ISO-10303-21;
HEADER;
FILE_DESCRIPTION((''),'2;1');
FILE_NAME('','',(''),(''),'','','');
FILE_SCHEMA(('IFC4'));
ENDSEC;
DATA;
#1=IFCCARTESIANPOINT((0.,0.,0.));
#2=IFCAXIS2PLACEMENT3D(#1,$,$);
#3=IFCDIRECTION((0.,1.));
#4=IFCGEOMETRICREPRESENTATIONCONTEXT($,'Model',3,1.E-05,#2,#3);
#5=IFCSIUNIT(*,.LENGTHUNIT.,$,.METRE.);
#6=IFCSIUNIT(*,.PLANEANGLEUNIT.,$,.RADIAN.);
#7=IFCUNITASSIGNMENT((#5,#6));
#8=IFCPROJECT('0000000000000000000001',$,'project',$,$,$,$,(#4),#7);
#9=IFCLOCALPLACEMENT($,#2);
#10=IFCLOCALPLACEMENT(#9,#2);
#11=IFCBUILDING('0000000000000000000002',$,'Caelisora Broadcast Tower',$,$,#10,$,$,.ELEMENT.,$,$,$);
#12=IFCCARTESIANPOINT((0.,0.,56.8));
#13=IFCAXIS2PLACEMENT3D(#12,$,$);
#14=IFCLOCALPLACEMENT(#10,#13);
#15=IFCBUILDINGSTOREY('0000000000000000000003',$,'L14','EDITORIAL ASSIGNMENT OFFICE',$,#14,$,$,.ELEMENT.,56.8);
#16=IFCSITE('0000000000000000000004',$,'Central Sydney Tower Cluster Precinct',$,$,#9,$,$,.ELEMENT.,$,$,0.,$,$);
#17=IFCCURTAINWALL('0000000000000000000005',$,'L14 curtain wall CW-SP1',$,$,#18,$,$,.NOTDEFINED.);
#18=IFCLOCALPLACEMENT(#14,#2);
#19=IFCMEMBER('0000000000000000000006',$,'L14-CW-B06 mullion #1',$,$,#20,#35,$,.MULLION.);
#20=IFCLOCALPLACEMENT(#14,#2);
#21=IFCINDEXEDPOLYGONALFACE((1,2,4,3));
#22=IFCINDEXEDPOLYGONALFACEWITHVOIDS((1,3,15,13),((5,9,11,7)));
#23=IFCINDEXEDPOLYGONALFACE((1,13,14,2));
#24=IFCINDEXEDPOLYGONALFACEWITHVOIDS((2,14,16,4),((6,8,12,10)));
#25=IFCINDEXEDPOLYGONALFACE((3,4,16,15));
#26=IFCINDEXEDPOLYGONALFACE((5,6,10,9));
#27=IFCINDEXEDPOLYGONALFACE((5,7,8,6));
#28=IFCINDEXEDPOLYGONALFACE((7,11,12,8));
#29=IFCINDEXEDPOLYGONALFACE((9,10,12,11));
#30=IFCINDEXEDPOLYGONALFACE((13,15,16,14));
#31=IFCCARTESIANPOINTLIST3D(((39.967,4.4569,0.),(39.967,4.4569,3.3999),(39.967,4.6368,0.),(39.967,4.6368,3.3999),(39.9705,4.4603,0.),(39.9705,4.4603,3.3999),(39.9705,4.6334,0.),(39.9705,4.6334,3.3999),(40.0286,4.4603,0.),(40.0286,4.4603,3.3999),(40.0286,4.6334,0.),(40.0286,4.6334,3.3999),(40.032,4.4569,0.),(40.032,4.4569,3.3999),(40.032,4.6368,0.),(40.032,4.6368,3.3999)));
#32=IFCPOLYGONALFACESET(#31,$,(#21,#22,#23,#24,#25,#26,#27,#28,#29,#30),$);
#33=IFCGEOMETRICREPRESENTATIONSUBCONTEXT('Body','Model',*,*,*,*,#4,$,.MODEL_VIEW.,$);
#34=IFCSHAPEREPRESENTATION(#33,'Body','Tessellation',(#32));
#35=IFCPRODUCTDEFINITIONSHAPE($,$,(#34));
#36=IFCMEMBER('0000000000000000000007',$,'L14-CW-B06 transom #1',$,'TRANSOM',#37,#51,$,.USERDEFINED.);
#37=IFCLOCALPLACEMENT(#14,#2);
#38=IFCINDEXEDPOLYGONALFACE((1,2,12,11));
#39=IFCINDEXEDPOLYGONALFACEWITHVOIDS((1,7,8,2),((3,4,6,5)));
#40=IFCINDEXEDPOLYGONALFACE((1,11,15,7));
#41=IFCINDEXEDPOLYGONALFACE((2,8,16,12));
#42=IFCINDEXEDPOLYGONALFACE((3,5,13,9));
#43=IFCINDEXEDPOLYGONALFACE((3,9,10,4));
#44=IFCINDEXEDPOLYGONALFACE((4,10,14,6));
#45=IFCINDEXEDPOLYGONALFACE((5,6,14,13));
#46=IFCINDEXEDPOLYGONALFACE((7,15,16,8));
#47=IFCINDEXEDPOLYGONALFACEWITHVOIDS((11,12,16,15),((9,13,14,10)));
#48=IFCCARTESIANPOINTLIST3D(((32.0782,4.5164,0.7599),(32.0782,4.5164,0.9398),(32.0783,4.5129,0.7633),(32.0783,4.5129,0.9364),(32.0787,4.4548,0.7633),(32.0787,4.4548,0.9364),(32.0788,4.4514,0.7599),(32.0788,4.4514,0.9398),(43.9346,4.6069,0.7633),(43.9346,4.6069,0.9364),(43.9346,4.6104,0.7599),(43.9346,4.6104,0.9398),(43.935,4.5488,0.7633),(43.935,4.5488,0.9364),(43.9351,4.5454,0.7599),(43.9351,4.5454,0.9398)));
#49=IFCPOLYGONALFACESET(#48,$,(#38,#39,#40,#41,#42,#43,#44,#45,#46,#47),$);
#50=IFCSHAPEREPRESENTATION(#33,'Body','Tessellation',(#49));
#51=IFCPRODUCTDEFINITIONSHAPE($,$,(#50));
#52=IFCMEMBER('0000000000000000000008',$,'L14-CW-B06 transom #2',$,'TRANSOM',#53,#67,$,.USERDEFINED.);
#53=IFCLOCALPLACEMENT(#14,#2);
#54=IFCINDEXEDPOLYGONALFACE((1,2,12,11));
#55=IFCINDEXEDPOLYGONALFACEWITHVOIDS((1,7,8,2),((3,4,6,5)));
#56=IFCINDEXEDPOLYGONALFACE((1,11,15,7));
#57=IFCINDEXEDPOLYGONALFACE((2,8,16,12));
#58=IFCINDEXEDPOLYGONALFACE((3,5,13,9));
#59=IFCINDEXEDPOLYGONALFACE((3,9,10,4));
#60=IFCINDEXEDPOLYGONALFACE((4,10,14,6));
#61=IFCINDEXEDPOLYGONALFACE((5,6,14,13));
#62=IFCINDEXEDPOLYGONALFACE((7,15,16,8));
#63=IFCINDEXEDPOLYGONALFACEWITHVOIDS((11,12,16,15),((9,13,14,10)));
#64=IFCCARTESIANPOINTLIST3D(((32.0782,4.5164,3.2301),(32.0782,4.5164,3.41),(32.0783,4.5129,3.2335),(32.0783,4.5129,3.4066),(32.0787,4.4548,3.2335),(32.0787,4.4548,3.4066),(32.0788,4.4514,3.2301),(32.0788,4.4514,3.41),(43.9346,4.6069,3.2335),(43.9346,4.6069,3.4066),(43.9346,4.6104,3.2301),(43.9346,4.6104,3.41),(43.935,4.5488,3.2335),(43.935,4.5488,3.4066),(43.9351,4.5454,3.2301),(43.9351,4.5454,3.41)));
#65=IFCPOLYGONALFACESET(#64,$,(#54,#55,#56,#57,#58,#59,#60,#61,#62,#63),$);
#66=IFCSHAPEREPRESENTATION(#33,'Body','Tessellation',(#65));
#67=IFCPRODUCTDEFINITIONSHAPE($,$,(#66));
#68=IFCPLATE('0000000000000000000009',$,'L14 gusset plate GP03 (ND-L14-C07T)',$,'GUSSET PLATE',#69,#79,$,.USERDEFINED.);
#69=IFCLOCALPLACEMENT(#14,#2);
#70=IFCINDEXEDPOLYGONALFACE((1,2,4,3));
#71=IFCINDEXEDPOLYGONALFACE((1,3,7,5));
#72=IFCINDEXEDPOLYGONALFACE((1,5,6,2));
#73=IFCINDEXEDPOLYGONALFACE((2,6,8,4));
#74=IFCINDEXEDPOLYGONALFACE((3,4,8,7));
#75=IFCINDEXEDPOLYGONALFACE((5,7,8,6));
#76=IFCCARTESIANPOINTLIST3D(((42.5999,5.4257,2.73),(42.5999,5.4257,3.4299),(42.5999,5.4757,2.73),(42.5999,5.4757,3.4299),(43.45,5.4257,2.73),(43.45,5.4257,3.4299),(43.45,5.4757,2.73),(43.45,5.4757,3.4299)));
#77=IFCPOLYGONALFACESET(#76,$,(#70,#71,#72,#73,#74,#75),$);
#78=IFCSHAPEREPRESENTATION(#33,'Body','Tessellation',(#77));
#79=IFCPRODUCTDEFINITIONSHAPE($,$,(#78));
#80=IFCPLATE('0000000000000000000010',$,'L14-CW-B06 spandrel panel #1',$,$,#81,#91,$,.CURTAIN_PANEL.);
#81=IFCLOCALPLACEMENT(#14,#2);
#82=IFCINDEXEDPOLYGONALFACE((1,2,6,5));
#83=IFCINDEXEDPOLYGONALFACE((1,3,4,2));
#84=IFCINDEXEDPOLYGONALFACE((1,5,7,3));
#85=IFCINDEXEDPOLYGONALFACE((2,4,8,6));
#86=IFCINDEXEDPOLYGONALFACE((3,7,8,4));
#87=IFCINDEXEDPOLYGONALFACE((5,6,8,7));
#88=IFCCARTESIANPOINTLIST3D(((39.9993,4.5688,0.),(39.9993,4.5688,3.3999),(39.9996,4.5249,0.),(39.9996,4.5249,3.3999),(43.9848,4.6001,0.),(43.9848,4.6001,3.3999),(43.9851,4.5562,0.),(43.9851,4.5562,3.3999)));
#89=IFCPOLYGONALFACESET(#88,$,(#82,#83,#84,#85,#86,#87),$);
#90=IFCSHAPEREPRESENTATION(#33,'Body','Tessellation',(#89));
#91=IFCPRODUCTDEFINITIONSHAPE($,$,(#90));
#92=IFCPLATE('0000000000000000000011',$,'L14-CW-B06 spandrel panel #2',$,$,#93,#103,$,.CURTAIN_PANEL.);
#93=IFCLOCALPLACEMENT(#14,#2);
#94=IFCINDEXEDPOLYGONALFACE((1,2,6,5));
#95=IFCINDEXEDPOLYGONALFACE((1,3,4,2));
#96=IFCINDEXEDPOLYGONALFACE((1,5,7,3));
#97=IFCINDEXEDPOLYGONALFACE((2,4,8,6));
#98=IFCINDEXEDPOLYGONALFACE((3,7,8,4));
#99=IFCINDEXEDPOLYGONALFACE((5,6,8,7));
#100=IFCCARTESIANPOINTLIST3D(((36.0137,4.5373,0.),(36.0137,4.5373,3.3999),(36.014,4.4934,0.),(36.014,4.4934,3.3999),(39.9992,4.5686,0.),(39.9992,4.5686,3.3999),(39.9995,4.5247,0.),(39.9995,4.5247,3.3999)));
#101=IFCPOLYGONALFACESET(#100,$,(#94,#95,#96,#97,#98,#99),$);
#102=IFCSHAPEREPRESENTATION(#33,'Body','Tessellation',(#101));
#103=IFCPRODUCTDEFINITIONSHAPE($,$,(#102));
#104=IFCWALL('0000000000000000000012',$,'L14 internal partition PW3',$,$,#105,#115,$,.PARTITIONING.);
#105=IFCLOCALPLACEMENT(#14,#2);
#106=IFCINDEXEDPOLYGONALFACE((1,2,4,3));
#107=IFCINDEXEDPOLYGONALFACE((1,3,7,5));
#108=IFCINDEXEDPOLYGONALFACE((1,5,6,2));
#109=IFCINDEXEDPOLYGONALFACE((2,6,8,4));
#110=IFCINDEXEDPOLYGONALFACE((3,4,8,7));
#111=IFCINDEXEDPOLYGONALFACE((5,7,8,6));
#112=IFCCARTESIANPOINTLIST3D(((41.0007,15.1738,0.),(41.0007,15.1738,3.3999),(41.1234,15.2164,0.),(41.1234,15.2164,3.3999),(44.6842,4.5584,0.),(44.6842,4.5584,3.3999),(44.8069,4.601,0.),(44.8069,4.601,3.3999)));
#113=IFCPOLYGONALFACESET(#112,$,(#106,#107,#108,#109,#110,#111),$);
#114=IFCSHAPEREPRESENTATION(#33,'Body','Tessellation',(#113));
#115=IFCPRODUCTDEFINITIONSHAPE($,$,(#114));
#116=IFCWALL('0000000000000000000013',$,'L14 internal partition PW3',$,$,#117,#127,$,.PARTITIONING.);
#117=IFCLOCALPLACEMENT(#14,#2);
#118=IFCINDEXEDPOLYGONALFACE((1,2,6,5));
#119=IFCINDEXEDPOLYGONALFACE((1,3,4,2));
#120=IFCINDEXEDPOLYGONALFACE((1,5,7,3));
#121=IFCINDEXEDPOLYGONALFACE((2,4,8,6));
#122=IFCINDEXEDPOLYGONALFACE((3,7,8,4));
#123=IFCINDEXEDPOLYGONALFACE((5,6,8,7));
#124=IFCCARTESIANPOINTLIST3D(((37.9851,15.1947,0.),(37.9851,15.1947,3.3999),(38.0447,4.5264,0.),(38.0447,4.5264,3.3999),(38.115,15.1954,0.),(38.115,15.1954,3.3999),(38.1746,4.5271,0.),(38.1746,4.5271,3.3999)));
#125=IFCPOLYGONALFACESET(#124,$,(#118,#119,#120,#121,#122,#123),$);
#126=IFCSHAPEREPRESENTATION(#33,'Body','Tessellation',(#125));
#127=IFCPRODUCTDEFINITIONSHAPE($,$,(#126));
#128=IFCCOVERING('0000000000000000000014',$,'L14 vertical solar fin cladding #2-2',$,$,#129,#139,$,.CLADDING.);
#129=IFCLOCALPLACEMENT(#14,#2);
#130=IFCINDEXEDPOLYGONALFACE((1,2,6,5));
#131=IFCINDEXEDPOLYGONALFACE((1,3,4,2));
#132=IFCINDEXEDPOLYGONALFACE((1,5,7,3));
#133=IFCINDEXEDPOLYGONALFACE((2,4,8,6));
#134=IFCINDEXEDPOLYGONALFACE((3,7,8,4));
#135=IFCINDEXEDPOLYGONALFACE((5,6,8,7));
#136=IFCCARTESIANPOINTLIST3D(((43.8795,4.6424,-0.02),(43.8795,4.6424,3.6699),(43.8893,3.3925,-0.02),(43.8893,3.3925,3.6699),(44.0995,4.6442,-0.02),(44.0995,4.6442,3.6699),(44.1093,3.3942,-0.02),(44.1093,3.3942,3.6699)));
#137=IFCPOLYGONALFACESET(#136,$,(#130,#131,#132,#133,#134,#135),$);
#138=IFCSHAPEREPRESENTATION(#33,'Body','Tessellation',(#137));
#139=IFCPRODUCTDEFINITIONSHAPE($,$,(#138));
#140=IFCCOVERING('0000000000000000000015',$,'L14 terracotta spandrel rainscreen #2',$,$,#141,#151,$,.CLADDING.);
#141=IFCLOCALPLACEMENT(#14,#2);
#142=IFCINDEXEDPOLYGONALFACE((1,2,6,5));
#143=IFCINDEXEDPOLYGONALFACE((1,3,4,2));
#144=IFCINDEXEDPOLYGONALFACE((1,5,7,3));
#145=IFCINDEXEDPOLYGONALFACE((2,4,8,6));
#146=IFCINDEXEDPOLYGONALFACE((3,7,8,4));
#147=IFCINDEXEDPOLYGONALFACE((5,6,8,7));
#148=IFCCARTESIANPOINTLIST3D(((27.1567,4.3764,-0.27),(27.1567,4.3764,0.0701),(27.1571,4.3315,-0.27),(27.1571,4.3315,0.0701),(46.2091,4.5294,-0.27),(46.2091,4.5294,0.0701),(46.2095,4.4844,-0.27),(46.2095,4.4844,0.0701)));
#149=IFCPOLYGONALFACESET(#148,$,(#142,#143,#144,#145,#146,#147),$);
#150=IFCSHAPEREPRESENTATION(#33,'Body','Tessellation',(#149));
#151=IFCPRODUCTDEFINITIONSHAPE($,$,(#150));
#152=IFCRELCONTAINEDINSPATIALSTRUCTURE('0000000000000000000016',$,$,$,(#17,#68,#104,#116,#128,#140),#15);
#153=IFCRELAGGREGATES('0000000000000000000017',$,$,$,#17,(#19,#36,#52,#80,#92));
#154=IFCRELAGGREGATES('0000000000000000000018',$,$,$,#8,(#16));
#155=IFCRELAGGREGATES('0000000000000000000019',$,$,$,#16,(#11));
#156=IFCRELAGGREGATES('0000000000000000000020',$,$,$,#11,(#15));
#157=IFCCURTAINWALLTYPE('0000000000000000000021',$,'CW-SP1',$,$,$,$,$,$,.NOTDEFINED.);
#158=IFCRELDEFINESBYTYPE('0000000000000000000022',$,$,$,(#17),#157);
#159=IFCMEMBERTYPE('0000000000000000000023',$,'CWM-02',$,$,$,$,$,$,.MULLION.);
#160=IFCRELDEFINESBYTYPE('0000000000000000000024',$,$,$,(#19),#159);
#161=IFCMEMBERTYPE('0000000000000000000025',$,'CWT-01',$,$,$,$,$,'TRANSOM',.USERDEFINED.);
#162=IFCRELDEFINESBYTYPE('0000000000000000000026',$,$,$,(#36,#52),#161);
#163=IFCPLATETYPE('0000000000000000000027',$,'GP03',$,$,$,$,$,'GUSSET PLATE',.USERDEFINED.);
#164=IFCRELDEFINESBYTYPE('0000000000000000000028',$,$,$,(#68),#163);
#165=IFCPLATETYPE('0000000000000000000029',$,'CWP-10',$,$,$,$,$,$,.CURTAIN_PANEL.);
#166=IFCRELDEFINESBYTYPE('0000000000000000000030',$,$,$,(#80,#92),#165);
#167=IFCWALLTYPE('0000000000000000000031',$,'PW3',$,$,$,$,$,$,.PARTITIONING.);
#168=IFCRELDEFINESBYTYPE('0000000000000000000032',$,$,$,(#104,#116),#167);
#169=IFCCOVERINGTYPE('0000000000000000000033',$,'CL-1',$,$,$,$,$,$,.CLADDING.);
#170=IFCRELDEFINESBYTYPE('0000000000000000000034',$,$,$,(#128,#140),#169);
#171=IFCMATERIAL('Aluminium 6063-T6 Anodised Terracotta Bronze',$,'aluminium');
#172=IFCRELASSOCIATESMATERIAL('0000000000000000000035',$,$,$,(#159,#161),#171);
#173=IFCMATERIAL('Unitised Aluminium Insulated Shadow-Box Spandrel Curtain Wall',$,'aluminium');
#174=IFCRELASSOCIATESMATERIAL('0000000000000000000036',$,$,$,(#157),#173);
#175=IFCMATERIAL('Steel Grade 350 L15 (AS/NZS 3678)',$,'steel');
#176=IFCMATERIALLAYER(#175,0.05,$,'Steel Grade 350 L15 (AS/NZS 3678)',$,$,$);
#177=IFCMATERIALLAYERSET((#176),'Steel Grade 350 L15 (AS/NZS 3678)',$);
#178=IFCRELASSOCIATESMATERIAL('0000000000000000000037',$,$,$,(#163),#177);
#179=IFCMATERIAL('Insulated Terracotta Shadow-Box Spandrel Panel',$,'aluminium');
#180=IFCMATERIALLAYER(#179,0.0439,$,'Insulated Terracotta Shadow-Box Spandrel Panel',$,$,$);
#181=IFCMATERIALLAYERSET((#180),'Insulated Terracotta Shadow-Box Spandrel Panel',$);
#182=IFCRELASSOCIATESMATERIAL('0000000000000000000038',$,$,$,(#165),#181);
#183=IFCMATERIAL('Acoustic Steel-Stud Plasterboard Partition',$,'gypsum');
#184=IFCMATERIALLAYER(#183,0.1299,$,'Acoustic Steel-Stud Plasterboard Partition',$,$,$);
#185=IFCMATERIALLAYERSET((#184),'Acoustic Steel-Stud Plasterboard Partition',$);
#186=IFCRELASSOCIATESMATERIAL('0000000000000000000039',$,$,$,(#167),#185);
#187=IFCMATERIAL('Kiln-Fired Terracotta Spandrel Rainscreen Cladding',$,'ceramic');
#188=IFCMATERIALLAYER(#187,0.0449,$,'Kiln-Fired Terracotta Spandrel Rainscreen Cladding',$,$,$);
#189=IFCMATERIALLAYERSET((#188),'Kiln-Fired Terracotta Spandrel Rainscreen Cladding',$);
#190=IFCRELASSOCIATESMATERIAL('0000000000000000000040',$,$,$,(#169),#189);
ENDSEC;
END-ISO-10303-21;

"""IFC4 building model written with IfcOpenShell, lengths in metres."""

from ifc_helpers import new_model, si_unit, direction, frame, frame_2d, origin, origin_2d, place, context, subcontext, project, spatial, rectangle, hollow_rectangle, extrude, source, transform, mapped, material, layer, layer_set, material_profile, profile_set, type_object, type_shapes, element, aggregate, save


model = new_model("IFC4")

# Units and contexts
model_context = context("Model", 3, precision=1e-05, world=origin(), true_north=direction((0.0, 1.0)))
body_context = subcontext(model_context, "Body", "Model", "MODEL_VIEW")
ifc_project = project(units=[si_unit("LENGTHUNIT", "METRE"), si_unit("PLANEANGLEUNIT", "RADIAN")], contexts=[model_context])

# Site, building, storey
site_placement = place(None, origin())
site = spatial("IfcSite", under=ifc_project, at=site_placement, Name="Central Sydney Tower Cluster Precinct", CompositionType="ELEMENT", RefElevation=0.0)
building_placement = place(site_placement, origin())
building = spatial("IfcBuilding", under=site, at=building_placement, Name="Caelisora Broadcast Tower", CompositionType="ELEMENT")
storey_placement = place(building_placement, frame((0.0, 0.0, 56.8)))
storey = spatial("IfcBuildingStorey", under=building, at=storey_placement, Name="L14", Description="EDITORIAL ASSIGNMENT OFFICE", CompositionType="ELEMENT", Elevation=56.8)

# Shared definitions
ifc_material_1 = material(Name="Steel Grade 350 L15 (AS/NZS 3678)", Category="steel")

# Shared definitions
ifc_material_2 = material(Name="Aluminium 6063-T6 Anodised Terracotta Bronze", Category="aluminium")
ifc_material_profile_1 = material_profile(ifc_material_2, hollow_rectangle(XDim=0.0649, YDim=0.1799, WallThickness=0.0034, at=origin_2d()), Name="Aluminium 6063-T6 Anodised Terracotta Bronze")
ifc_profile_set_1 = profile_set([ifc_material_profile_1], Name="Aluminium 6063-T6 Anodised Terracotta Bronze")
member_type_1 = type_object("IfcMemberType", Name="CWM-02", PredefinedType="MULLION", material=ifc_profile_set_1)
shared_shape_1 = source(origin(), body_context, "Body", "SweptSolid", [
    extrude(hollow_rectangle(XDim=0.0649, YDim=0.1799, WallThickness=0.0034, at=origin_2d()), origin(), (0.0, 0.0, 1.0), 3.3999),
])
type_shapes(member_type_1, [shared_shape_1])

# Curtain wall, members
ifc_material_3 = material(Name="Unitised Aluminium Insulated Shadow-Box Spandrel Curtain Wall", Category="aluminium")
curtain_wall_type_1 = type_object("IfcCurtainWallType", Name="CW-SP1", PredefinedType="NOTDEFINED", material=ifc_material_3)
curtain_wall_1_placement = place(storey_placement, origin())
curtain_wall_1 = element("IfcCurtainWall", 1, at=curtain_wall_1_placement, inside=storey, type_object=curtain_wall_type_1, Name="L14 curtain wall CW-SP1", PredefinedType="NOTDEFINED")
member_1_placement = place(storey_placement, frame((39.9995, 4.5469, 0.0), z_axis=(0.0, 0.0, 1.0), x_axis=(1.0, 0.0, 0.0)))
member_1 = element("IfcMember", 2, at=member_1_placement, type_object=member_type_1, Name="L14-CW-B06 mullion #1", PredefinedType="MULLION", context=body_context, shape_type="MappedRepresentation", body=[
    mapped(shared_shape_1, transform((0.0, 0.0, 0.0), scale=1.0)),
])
ifc_material_profile_2 = material_profile(ifc_material_2, hollow_rectangle(XDim=0.0649, YDim=0.1799, WallThickness=0.0034, at=origin_2d()), Name="Aluminium 6063-T6 Anodised Terracotta Bronze")
ifc_profile_set_2 = profile_set([ifc_material_profile_2], Name="Aluminium 6063-T6 Anodised Terracotta Bronze")
member_type_2 = type_object("IfcMemberType", Name="CWT-01", ElementType="TRANSOM", PredefinedType="USERDEFINED", material=ifc_profile_set_2)
shared_shape_2 = source(origin(), body_context, "Body", "SweptSolid", [
    extrude(hollow_rectangle(XDim=0.0649, YDim=0.1799, WallThickness=0.0034, at=origin_2d()), origin(), (0.0, 0.0, 1.0), 11.8567),
])
type_shapes(member_type_2, [shared_shape_2])
member_2_placement = place(storey_placement, frame((43.9348, 4.5779, 0.8499), z_axis=(-0.999969, -0.007928, 0.0), x_axis=(0.007928, -0.999969, 0.0)))
member_2 = element("IfcMember", 3, at=member_2_placement, type_object=member_type_2, Name="L14-CW-B06 transom #1", ObjectType="TRANSOM", PredefinedType="USERDEFINED", context=body_context, shape_type="MappedRepresentation", body=[
    mapped(shared_shape_2, transform((0.0, 0.0, 0.0), scale=1.0)),
])
member_3_placement = place(storey_placement, frame((43.9348, 4.5779, 3.3201), z_axis=(-0.999969, -0.007928, 0.0), x_axis=(0.007928, -0.999969, 0.0)))
member_3 = element("IfcMember", 4, at=member_3_placement, type_object=member_type_2, Name="L14-CW-B06 transom #2", ObjectType="TRANSOM", PredefinedType="USERDEFINED", context=body_context, shape_type="MappedRepresentation", body=[
    mapped(shared_shape_2, transform((0.0, 0.0, 0.0), scale=1.0)),
])

# Plates
ifc_layer_1 = layer(ifc_material_1, 0.05, Name="Steel Grade 350 L15 (AS/NZS 3678)")
ifc_layer_set_1 = layer_set([ifc_layer_1], Name="Steel Grade 350 L15 (AS/NZS 3678)")
plate_type_1 = type_object("IfcPlateType", Name="GP03", ElementType="GUSSET PLATE", PredefinedType="USERDEFINED", material=ifc_layer_set_1)
shared_shape_3 = source(origin(), body_context, "Body", "SweptSolid", [
    extrude(rectangle(XDim=0.8501, YDim=0.05, at=origin_2d()), origin(), (0.0, 0.0, 1.0), 0.7),
])
type_shapes(plate_type_1, [shared_shape_3])
plate_1_placement = place(storey_placement, frame((43.0249, 5.4507, 2.73), z_axis=(0.0, 0.0, 1.0), x_axis=(1.0, 0.0, 0.0)))
element("IfcPlate", 5, at=plate_1_placement, inside=storey, type_object=plate_type_1, Name="L14 gusset plate GP03 (ND-L14-C07T)", ObjectType="GUSSET PLATE", PredefinedType="USERDEFINED", context=body_context, shape_type="MappedRepresentation", body=[
    mapped(shared_shape_3, transform((0.0, 0.0, 0.0), scale=1.0)),
])
ifc_material_4 = material(Name="Insulated Terracotta Shadow-Box Spandrel Panel", Category="aluminium")
ifc_layer_2 = layer(ifc_material_4, 0.0439, Name="Insulated Terracotta Shadow-Box Spandrel Panel")
ifc_layer_set_2 = layer_set([ifc_layer_2], Name="Insulated Terracotta Shadow-Box Spandrel Panel")
plate_type_2 = type_object("IfcPlateType", Name="CWP-10", PredefinedType="CURTAIN_PANEL", material=ifc_layer_set_2)
shared_shape_4 = source(origin(), body_context, "Body", "SweptSolid", [
    extrude(rectangle(XDim=3.9856, YDim=0.0439, at=origin_2d()), origin(), (0.0, 0.0, 1.0), 3.3999),
])
type_shapes(plate_type_2, [shared_shape_4])
plate_2_placement = place(storey_placement, frame((41.9922, 4.5625, 0.0), z_axis=(0.0, 0.0, 1.0), x_axis=(-0.999969, -0.007854, 0.0)))
plate_2 = element("IfcPlate", 6, at=plate_2_placement, type_object=plate_type_2, Name="L14-CW-B06 spandrel panel #1", PredefinedType="CURTAIN_PANEL", context=body_context, shape_type="MappedRepresentation", body=[
    mapped(shared_shape_4, transform((0.0, 0.0, 0.0), scale=1.0)),
])
plate_3_placement = place(storey_placement, frame((38.0066, 4.531, 0.0), z_axis=(0.0, 0.0, 1.0), x_axis=(-0.999969, -0.007854, 0.0)))
plate_3 = element("IfcPlate", 7, at=plate_3_placement, type_object=plate_type_2, Name="L14-CW-B06 spandrel panel #2", PredefinedType="CURTAIN_PANEL", context=body_context, shape_type="MappedRepresentation", body=[
    mapped(shared_shape_4, transform((0.0, 0.0, 0.0), scale=1.0)),
])
aggregate(curtain_wall_1, [member_1, member_2, member_3, plate_2, plate_3])

# Walls
ifc_material_5 = material(Name="Acoustic Steel-Stud Plasterboard Partition", Category="gypsum")
ifc_layer_3 = layer(ifc_material_5, 0.1299, Name="Acoustic Steel-Stud Plasterboard Partition")
ifc_layer_set_3 = layer_set([ifc_layer_3], Name="Acoustic Steel-Stud Plasterboard Partition")
wall_type_1 = type_object("IfcWallType", Name="PW3", PredefinedType="PARTITIONING", material=ifc_layer_set_3)
wall_1_placement = place(storey_placement, frame((41.062, 15.1951, 0.0), z_axis=(0.0, 0.0, 1.0), x_axis=(0.327826, -0.944738, 0.0)))
element("IfcWall", 8, at=wall_1_placement, inside=storey, type_object=wall_type_1, Name="L14 internal partition PW3", PredefinedType="PARTITIONING", context=body_context, shape_type="SweptSolid", body=[
    extrude(rectangle(XDim=11.2363, YDim=0.1299, at=frame_2d((5.6182, 0.0))), origin(), (0.0, 0.0, 1.0), 3.3999),
])
wall_2_placement = place(storey_placement, frame((38.05, 15.1951, 0.0), z_axis=(0.0, 0.0, 1.0), x_axis=(0.005584, -0.999984, 0.0)))
element("IfcWall", 9, at=wall_2_placement, inside=storey, type_object=wall_type_1, Name="L14 internal partition PW3", PredefinedType="PARTITIONING", context=body_context, shape_type="SweptSolid", body=[
    extrude(rectangle(XDim=10.6685, YDim=0.1299, at=frame_2d((5.3342, 0.0))), origin(), (0.0, 0.0, 1.0), 3.3999),
])

# Coverings
ifc_material_6 = material(Name="Kiln-Fired Terracotta Spandrel Rainscreen Cladding", Category="ceramic")
ifc_layer_4 = layer(ifc_material_6, 0.0449, Name="Kiln-Fired Terracotta Spandrel Rainscreen Cladding")
ifc_layer_set_4 = layer_set([ifc_layer_4], Name="Kiln-Fired Terracotta Spandrel Rainscreen Cladding")
covering_type = type_object("IfcCoveringType", Name="CL-1", PredefinedType="CLADDING", material=ifc_layer_set_4)
shared_shape_5 = source(origin(), body_context, "Body", "SweptSolid", [
    extrude(rectangle(XDim=0.22, YDim=1.25, at=origin_2d()), origin(), (0.0, 0.0, 1.0), 3.6899),
])
covering_1_placement = place(storey_placement, frame((43.9944, 4.0183, -0.02), z_axis=(0.0, 0.0, 1.0), x_axis=(-0.999969, -0.007854, 0.0)))
element("IfcCovering", 10, at=covering_1_placement, inside=storey, type_object=covering_type, Name="L14 vertical solar fin cladding #2-2", PredefinedType="CLADDING", context=body_context, shape_type="MappedRepresentation", body=[
    mapped(shared_shape_5, transform((0.0, 0.0, 0.0), scale=1.0)),
])
shared_shape_6 = source(origin(), body_context, "Body", "SweptSolid", [
    extrude(rectangle(XDim=19.053, YDim=0.0449, at=origin_2d()), origin(), (0.0, 0.0, 1.0), 0.3401),
])
type_shapes(covering_type, [shared_shape_5, shared_shape_6])
covering_2_placement = place(storey_placement, frame((36.6831, 4.4304, -0.27), z_axis=(0.0, 0.0, 1.0), x_axis=(0.999968, 0.008028, 0.0)))
element("IfcCovering", 11, at=covering_2_placement, inside=storey, type_object=covering_type, Name="L14 terracotta spandrel rainscreen #2", PredefinedType="CLADDING", context=body_context, shape_type="MappedRepresentation", body=[
    mapped(shared_shape_6, transform((0.0, 0.0, 0.0), scale=1.0)),
])

save(model, "model.ifc")
